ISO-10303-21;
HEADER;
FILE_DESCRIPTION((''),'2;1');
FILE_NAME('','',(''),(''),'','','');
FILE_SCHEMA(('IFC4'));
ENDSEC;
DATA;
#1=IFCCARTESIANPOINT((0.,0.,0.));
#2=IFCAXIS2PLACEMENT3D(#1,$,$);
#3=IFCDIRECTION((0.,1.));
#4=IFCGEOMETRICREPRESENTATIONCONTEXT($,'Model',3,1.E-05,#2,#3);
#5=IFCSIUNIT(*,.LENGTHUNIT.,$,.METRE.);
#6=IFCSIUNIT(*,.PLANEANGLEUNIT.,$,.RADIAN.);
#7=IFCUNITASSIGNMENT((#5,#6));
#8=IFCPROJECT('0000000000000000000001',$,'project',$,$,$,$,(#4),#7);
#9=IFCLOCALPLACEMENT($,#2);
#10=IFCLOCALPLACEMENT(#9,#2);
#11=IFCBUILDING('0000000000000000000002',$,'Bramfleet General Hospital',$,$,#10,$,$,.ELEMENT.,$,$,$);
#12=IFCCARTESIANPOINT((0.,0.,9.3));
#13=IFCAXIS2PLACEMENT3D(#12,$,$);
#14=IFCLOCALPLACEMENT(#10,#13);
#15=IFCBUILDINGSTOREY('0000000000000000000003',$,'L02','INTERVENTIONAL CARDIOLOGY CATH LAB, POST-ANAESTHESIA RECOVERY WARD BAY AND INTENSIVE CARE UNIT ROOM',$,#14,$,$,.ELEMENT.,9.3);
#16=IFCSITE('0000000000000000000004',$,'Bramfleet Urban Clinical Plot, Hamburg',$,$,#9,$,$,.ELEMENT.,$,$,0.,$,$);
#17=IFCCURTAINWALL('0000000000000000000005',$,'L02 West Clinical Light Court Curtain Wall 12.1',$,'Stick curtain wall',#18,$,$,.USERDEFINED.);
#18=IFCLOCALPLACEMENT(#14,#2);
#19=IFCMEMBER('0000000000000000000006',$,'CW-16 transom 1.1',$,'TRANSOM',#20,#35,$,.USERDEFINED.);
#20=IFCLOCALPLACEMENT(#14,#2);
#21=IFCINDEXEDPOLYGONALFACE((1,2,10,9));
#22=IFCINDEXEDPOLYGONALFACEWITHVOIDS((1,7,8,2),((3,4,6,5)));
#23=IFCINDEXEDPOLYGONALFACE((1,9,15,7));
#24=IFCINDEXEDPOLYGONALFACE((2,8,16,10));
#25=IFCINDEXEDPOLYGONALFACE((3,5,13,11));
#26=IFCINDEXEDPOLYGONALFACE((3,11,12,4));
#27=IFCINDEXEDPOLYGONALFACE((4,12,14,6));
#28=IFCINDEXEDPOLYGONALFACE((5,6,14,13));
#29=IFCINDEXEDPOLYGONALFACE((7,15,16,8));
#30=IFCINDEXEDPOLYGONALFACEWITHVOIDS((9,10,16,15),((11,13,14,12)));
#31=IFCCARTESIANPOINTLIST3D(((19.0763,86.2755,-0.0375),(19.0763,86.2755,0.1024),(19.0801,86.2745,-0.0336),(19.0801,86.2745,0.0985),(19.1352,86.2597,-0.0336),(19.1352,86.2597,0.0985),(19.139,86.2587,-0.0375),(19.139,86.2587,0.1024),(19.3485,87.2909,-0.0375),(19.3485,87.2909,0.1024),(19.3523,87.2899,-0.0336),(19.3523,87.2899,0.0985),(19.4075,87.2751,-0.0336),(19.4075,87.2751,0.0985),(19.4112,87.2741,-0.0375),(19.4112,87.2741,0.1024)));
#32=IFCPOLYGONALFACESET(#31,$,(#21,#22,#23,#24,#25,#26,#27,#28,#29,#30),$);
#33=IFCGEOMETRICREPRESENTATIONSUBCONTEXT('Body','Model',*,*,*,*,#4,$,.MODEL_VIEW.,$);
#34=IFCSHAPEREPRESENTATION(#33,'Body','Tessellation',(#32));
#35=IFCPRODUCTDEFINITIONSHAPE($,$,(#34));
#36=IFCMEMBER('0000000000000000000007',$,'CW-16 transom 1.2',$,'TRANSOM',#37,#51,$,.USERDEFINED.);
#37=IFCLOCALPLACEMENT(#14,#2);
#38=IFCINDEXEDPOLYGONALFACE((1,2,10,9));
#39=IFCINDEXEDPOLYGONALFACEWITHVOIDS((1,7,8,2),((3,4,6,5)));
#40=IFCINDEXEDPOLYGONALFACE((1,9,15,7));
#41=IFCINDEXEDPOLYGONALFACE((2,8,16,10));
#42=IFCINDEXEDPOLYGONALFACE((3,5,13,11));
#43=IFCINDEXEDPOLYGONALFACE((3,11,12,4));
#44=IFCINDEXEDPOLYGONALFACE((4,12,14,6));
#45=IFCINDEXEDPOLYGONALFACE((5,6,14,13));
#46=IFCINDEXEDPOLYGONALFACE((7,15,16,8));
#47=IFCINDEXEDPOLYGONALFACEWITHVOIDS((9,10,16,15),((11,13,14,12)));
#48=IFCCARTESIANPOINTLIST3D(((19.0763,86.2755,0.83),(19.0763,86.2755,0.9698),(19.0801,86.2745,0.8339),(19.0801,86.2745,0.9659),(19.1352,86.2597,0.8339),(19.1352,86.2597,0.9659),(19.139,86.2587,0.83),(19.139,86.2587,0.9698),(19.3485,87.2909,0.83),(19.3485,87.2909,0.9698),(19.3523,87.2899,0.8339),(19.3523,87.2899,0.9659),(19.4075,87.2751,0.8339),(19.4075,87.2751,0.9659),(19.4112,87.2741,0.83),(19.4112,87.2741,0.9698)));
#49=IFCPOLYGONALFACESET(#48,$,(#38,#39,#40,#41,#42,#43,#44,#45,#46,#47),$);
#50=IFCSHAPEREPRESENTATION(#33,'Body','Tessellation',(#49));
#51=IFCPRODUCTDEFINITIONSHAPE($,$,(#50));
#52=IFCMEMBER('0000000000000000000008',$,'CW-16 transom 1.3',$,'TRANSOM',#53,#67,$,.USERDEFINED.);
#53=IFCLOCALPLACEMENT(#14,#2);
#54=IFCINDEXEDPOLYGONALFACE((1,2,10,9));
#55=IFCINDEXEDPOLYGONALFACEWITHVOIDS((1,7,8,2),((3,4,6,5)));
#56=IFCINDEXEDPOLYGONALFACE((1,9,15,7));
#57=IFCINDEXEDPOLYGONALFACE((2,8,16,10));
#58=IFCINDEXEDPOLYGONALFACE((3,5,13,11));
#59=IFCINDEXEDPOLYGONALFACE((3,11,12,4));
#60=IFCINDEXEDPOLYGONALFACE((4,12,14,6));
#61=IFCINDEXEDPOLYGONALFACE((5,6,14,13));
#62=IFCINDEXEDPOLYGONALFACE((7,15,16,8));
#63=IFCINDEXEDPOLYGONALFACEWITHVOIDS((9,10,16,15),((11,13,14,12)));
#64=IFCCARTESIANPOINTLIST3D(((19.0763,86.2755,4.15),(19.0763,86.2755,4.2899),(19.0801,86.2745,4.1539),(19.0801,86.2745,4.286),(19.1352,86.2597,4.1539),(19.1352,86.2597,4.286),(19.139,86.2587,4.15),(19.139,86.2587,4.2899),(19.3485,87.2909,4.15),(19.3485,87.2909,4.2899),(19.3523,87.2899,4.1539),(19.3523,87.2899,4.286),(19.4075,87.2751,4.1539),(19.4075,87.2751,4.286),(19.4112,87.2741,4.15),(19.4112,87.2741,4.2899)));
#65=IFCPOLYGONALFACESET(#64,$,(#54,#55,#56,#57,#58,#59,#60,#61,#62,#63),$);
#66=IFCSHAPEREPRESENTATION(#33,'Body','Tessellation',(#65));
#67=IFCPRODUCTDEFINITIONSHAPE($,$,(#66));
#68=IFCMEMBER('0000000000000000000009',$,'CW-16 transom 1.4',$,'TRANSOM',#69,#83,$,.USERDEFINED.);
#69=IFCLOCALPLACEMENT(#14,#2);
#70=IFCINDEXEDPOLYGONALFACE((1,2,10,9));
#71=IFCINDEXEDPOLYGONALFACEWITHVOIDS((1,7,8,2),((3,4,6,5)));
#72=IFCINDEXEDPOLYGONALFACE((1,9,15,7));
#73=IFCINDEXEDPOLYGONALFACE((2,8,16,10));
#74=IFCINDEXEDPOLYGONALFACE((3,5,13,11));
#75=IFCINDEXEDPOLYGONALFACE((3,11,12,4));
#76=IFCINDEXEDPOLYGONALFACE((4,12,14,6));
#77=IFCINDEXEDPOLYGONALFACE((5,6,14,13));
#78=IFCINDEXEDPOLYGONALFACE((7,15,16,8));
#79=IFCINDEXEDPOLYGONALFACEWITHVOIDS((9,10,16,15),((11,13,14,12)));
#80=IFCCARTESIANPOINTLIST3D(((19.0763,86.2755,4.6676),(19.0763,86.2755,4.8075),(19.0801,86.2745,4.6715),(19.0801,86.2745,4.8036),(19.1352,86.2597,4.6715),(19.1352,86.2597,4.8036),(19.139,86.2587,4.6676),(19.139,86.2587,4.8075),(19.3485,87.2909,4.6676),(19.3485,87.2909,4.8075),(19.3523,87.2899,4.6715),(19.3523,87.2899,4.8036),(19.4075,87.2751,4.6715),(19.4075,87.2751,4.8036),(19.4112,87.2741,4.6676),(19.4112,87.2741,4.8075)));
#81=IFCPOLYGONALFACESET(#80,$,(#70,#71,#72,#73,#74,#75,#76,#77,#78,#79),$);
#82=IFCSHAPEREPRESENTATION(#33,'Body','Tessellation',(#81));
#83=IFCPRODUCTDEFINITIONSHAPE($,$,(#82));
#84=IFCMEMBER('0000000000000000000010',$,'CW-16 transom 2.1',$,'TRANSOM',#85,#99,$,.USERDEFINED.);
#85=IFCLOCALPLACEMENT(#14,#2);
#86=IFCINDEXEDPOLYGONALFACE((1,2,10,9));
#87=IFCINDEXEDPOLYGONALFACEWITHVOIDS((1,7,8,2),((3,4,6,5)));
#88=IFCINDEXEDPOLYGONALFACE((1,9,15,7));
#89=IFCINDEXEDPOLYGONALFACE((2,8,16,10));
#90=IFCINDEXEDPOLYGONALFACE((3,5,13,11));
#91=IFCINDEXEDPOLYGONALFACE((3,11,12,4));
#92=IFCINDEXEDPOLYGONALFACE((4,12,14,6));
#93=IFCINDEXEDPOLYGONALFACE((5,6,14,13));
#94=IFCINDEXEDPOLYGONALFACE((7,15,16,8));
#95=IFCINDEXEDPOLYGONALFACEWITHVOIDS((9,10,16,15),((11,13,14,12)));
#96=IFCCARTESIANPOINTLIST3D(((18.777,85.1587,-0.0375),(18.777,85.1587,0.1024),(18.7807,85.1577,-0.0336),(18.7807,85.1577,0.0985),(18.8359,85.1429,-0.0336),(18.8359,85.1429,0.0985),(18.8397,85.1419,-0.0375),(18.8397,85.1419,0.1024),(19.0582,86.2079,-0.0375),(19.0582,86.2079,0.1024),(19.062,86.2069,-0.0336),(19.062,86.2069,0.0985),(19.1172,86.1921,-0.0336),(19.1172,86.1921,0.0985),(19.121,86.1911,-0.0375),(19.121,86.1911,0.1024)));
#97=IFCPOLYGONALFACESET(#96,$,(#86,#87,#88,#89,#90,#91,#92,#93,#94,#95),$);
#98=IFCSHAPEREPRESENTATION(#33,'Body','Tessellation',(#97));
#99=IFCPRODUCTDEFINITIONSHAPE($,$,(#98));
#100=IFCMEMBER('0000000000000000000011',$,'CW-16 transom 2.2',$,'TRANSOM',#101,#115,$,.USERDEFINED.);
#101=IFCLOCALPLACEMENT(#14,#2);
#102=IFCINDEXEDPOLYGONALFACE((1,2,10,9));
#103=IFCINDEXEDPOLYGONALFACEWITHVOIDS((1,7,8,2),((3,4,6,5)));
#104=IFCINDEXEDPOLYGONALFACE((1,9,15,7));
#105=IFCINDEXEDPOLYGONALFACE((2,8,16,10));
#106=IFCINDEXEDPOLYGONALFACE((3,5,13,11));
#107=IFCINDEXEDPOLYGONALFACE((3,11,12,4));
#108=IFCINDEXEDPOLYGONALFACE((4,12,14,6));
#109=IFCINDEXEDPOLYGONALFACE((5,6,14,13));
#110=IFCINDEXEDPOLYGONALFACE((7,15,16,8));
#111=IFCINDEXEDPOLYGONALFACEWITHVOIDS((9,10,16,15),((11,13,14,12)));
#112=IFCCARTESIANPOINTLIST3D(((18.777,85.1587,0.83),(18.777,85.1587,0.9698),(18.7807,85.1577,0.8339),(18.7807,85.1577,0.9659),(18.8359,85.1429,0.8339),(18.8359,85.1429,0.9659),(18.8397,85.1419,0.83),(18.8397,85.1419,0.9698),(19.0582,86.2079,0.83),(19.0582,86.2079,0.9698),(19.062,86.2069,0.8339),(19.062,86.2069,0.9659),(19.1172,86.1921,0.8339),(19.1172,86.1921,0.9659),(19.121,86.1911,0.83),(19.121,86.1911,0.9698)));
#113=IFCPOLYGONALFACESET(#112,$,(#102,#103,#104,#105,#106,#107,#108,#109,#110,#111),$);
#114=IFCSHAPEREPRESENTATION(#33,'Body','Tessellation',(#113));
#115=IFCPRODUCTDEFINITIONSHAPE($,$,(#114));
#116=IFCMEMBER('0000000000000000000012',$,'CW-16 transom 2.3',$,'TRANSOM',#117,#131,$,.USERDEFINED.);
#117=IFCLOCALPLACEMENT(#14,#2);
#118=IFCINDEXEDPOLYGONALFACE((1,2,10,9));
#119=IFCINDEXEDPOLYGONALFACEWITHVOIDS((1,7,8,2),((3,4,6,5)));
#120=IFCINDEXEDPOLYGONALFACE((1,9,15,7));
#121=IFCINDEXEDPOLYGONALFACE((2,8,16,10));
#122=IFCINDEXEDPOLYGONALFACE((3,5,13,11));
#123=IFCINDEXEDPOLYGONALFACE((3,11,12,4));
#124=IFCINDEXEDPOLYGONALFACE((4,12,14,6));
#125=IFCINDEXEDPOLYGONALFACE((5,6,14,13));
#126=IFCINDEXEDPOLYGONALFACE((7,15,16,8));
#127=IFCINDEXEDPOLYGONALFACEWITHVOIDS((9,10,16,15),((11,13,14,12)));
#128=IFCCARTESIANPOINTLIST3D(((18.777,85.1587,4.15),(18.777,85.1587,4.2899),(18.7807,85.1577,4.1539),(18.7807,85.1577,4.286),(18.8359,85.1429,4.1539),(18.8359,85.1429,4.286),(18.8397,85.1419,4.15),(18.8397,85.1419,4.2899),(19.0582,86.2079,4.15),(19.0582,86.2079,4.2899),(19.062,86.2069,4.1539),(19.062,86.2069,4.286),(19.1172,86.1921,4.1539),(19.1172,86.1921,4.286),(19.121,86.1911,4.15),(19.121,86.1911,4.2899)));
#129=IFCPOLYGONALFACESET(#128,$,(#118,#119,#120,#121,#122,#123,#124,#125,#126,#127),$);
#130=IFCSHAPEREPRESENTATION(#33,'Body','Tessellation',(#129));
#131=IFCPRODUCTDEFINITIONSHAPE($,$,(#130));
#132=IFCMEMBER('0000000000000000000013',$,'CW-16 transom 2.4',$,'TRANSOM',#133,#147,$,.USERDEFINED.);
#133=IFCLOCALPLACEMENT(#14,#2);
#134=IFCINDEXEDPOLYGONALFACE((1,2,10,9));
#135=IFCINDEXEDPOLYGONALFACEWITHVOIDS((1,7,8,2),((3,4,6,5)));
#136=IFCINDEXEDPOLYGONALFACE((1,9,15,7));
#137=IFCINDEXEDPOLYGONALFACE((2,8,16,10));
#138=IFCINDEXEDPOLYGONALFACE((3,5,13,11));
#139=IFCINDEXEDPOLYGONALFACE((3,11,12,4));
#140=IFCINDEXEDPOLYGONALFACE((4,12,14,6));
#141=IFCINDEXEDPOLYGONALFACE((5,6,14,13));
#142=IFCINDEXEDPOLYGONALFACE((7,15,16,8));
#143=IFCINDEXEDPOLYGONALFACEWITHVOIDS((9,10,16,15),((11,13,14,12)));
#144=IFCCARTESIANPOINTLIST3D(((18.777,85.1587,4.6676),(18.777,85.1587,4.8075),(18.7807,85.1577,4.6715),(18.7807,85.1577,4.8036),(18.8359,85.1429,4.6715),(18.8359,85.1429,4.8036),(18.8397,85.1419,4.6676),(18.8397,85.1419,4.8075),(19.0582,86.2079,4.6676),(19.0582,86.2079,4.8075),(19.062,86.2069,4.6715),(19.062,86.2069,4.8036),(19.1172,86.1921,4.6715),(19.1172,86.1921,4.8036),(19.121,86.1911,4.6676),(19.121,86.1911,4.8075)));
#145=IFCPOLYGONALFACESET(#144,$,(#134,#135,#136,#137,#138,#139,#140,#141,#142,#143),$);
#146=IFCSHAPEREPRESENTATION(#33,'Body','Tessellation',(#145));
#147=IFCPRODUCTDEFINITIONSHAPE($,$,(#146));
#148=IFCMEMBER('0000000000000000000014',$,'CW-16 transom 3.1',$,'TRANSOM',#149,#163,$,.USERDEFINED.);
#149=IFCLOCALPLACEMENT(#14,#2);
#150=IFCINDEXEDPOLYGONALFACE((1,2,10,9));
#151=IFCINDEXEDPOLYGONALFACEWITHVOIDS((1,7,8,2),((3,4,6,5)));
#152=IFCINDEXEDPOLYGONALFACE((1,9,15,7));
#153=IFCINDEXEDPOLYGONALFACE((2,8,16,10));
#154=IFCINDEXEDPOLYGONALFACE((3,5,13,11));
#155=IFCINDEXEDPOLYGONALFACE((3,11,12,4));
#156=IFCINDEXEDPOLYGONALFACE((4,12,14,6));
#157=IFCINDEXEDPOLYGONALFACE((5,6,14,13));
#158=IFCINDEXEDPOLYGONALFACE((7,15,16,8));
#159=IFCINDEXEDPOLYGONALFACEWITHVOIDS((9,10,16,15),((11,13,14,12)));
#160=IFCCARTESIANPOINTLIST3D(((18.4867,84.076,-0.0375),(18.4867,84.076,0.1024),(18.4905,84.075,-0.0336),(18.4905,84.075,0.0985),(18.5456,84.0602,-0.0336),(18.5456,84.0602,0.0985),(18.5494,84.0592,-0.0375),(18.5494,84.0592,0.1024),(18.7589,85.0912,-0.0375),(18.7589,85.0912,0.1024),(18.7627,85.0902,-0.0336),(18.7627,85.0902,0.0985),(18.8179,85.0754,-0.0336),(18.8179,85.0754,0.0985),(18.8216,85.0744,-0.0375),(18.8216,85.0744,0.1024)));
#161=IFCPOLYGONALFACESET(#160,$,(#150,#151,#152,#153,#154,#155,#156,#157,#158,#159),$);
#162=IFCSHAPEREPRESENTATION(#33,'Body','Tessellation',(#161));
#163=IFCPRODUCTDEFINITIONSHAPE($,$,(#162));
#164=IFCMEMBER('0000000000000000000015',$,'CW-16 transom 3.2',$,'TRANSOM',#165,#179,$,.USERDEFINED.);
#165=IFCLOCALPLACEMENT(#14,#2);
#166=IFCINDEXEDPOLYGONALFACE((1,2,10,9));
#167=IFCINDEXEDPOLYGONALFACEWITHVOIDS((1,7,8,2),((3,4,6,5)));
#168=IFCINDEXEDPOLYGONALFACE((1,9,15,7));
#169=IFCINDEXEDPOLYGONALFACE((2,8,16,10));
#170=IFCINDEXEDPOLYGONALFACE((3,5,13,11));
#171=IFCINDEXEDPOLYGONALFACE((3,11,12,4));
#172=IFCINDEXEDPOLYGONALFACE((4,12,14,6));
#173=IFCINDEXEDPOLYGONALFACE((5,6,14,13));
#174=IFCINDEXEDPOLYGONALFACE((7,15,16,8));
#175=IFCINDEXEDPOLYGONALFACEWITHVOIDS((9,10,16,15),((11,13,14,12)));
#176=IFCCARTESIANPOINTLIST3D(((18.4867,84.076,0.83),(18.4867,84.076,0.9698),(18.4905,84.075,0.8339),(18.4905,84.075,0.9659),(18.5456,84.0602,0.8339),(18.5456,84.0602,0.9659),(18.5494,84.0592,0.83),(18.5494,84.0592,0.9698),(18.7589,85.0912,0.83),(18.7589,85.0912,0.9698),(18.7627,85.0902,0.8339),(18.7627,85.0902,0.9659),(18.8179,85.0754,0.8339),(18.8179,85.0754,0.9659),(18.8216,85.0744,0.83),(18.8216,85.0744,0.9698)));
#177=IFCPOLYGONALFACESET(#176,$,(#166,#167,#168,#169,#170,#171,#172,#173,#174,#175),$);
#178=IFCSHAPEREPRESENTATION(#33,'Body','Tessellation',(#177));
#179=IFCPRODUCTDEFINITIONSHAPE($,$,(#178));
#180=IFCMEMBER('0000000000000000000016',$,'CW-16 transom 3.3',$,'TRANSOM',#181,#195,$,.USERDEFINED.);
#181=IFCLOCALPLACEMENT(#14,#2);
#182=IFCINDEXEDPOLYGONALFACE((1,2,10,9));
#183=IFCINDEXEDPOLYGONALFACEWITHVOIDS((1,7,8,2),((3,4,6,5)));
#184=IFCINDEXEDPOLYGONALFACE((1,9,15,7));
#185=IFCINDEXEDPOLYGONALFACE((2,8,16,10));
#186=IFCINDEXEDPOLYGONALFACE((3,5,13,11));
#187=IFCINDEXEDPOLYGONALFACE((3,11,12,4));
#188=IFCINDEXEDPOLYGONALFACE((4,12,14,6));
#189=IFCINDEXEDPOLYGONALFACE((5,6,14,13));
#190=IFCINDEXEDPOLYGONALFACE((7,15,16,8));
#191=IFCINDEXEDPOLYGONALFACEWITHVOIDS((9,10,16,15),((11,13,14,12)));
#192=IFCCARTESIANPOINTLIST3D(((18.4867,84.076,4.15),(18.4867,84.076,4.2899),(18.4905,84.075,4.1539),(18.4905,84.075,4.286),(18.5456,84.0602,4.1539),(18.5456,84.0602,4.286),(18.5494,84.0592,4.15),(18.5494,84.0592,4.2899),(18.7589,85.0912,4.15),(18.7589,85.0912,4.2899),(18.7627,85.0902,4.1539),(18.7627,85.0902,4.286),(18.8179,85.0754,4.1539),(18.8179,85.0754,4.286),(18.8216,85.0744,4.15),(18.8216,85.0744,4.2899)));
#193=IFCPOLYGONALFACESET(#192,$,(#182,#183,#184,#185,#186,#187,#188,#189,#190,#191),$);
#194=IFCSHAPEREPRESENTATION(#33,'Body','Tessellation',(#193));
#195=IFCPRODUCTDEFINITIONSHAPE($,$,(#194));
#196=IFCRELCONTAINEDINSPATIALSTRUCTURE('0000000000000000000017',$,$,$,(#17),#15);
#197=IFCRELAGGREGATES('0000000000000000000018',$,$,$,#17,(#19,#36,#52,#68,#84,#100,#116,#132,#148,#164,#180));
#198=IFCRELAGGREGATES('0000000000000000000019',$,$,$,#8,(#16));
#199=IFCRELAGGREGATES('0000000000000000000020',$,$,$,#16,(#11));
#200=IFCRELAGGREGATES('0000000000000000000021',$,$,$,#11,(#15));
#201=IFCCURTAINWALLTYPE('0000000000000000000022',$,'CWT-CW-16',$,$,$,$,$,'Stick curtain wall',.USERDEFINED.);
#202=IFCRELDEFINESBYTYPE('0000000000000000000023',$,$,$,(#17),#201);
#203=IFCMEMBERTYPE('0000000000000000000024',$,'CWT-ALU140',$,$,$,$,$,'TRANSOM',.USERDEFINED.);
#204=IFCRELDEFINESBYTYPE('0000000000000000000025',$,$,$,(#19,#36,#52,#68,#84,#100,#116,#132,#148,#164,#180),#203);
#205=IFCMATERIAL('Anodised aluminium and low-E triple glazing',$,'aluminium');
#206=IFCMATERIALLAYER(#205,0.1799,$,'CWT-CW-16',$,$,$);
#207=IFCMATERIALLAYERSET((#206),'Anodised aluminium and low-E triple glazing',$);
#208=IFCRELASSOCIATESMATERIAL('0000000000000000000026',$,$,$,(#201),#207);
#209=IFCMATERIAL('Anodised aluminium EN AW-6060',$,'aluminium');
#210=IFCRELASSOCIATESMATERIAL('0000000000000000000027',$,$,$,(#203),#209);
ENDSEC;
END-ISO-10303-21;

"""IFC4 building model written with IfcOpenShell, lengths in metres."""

from ifc_helpers import new_model, si_unit, direction, frame, origin, origin_2d, place, context, subcontext, project, spatial, hollow_rectangle, extrude, material, layer, layer_set, material_profile, profile_set, type_object, element, aggregate, save


model = new_model("IFC4")

# Units and contexts
model_context = context("Model", 3, precision=1e-05, world=origin(), true_north=direction((0.0, 1.0)))
body_context = subcontext(model_context, "Body", "Model", "MODEL_VIEW")
ifc_project = project(units=[si_unit("LENGTHUNIT", "METRE"), si_unit("PLANEANGLEUNIT", "RADIAN")], contexts=[model_context])

# Site, building, storey
site_placement = place(None, origin())
site = spatial("IfcSite", under=ifc_project, at=site_placement, Name="Bramfleet Urban Clinical Plot, Hamburg", CompositionType="ELEMENT", RefElevation=0.0)
building_placement = place(site_placement, origin())
building = spatial("IfcBuilding", under=site, at=building_placement, Name="Bramfleet General Hospital", CompositionType="ELEMENT")
storey_placement = place(building_placement, frame((0.0, 0.0, 9.3)))
storey = spatial("IfcBuildingStorey", under=building, at=storey_placement, Name="L02", Description="INTERVENTIONAL CARDIOLOGY CATH LAB, POST-ANAESTHESIA RECOVERY WARD BAY AND INTENSIVE CARE UNIT ROOM", CompositionType="ELEMENT", Elevation=9.3)

# Shared definitions
ifc_material_1 = material(Name="Anodised aluminium and low-E triple glazing", Category="aluminium")
ifc_material_2 = material(Name="Anodised aluminium EN AW-6060", Category="aluminium")

# Curtain wall
ifc_layer_1 = layer(ifc_material_1, 0.1799, Name="CWT-CW-16")
ifc_layer_set_1 = layer_set([ifc_layer_1], Name="Anodised aluminium and low-E triple glazing")
curtain_wall_type_1 = type_object("IfcCurtainWallType", Name="CWT-CW-16", ElementType="Stick curtain wall", PredefinedType="USERDEFINED", material=ifc_layer_set_1)
curtain_wall_1_placement = place(storey_placement, origin())
curtain_wall_1 = element("IfcCurtainWall", 1, at=curtain_wall_1_placement, inside=storey, type_object=curtain_wall_type_1, Name="L02 West Clinical Light Court Curtain Wall 12.1", ObjectType="Stick curtain wall", PredefinedType="USERDEFINED")

# Members
ifc_material_profile_1 = material_profile(ifc_material_2, hollow_rectangle(XDim=0.0649, YDim=0.1399, WallThickness=0.0039, at=origin_2d()), Name="ALU 140x65x4.0")
ifc_profile_set_1 = profile_set([ifc_material_profile_1], Name="Anodised aluminium EN AW-6060")
member_type_1 = type_object("IfcMemberType", Name="CWT-ALU140", ElementType="TRANSOM", PredefinedType="USERDEFINED", material=ifc_profile_set_1)
member_1_placement = place(storey_placement, frame((19.3799, 87.2825, 0.0325), z_axis=(-0.258949, -0.965891, 0.0), x_axis=(0.965891, -0.258949, 0.0)))
member_1 = element("IfcMember", 2, at=member_1_placement, type_object=member_type_1, Name="CW-16 transom 1.1", ObjectType="TRANSOM", PredefinedType="USERDEFINED", context=body_context, shape_type="SweptSolid", body=[
    extrude(hollow_rectangle(XDim=0.0649, YDim=0.1399, WallThickness=0.0039, at=origin_2d()), origin(), (0.0, 0.0, 1.0), 1.0513),
])
member_2_placement = place(storey_placement, frame((19.3799, 87.2825, 0.8999), z_axis=(-0.258949, -0.965891, 0.0), x_axis=(0.965891, -0.258949, 0.0)))
member_2 = element("IfcMember", 3, at=member_2_placement, type_object=member_type_1, Name="CW-16 transom 1.2", ObjectType="TRANSOM", PredefinedType="USERDEFINED", context=body_context, shape_type="SweptSolid", body=[
    extrude(hollow_rectangle(XDim=0.0649, YDim=0.1399, WallThickness=0.0039, at=origin_2d()), origin(), (0.0, 0.0, 1.0), 1.0513),
])
member_3_placement = place(storey_placement, frame((19.3799, 87.2825, 4.22), z_axis=(-0.258949, -0.965891, 0.0), x_axis=(0.965891, -0.258949, 0.0)))
member_3 = element("IfcMember", 4, at=member_3_placement, type_object=member_type_1, Name="CW-16 transom 1.3", ObjectType="TRANSOM", PredefinedType="USERDEFINED", context=body_context, shape_type="SweptSolid", body=[
    extrude(hollow_rectangle(XDim=0.0649, YDim=0.1399, WallThickness=0.0039, at=origin_2d()), origin(), (0.0, 0.0, 1.0), 1.0513),
])
member_4_placement = place(storey_placement, frame((19.3799, 87.2825, 4.7375), z_axis=(-0.258949, -0.965891, 0.0), x_axis=(0.965891, -0.258949, 0.0)))
member_4 = element("IfcMember", 5, at=member_4_placement, type_object=member_type_1, Name="CW-16 transom 1.4", ObjectType="TRANSOM", PredefinedType="USERDEFINED", context=body_context, shape_type="SweptSolid", body=[
    extrude(hollow_rectangle(XDim=0.0649, YDim=0.1399, WallThickness=0.0039, at=origin_2d()), origin(), (0.0, 0.0, 1.0), 1.0513),
])
member_5_placement = place(storey_placement, frame((19.0896, 86.1995, 0.0325), z_axis=(-0.25895, -0.965891, 0.0), x_axis=(0.965891, -0.25895, 0.0)))
member_5 = element("IfcMember", 6, at=member_5_placement, type_object=member_type_1, Name="CW-16 transom 2.1", ObjectType="TRANSOM", PredefinedType="USERDEFINED", context=body_context, shape_type="SweptSolid", body=[
    extrude(hollow_rectangle(XDim=0.0649, YDim=0.1399, WallThickness=0.0039, at=origin_2d()), origin(), (0.0, 0.0, 1.0), 1.0862),
])
member_6_placement = place(storey_placement, frame((19.0896, 86.1995, 0.8999), z_axis=(-0.25895, -0.965891, 0.0), x_axis=(0.965891, -0.25895, 0.0)))
member_6 = element("IfcMember", 7, at=member_6_placement, type_object=member_type_1, Name="CW-16 transom 2.2", ObjectType="TRANSOM", PredefinedType="USERDEFINED", context=body_context, shape_type="SweptSolid", body=[
    extrude(hollow_rectangle(XDim=0.0649, YDim=0.1399, WallThickness=0.0039, at=origin_2d()), origin(), (0.0, 0.0, 1.0), 1.0862),
])
member_7_placement = place(storey_placement, frame((19.0896, 86.1995, 4.22), z_axis=(-0.25895, -0.965891, 0.0), x_axis=(0.965891, -0.25895, 0.0)))
member_7 = element("IfcMember", 8, at=member_7_placement, type_object=member_type_1, Name="CW-16 transom 2.3", ObjectType="TRANSOM", PredefinedType="USERDEFINED", context=body_context, shape_type="SweptSolid", body=[
    extrude(hollow_rectangle(XDim=0.0649, YDim=0.1399, WallThickness=0.0039, at=origin_2d()), origin(), (0.0, 0.0, 1.0), 1.0862),
])
member_8_placement = place(storey_placement, frame((19.0896, 86.1995, 4.7375), z_axis=(-0.25895, -0.965891, 0.0), x_axis=(0.965891, -0.25895, 0.0)))
member_8 = element("IfcMember", 9, at=member_8_placement, type_object=member_type_1, Name="CW-16 transom 2.4", ObjectType="TRANSOM", PredefinedType="USERDEFINED", context=body_context, shape_type="SweptSolid", body=[
    extrude(hollow_rectangle(XDim=0.0649, YDim=0.1399, WallThickness=0.0039, at=origin_2d()), origin(), (0.0, 0.0, 1.0), 1.0862),
])
member_9_placement = place(storey_placement, frame((18.7903, 85.0828, 0.0325), z_axis=(-0.259007, -0.965875, 0.0), x_axis=(0.965875, -0.259007, 0.0)))
member_9 = element("IfcMember", 10, at=member_9_placement, type_object=member_type_1, Name="CW-16 transom 3.1", ObjectType="TRANSOM", PredefinedType="USERDEFINED", context=body_context, shape_type="SweptSolid", body=[
    extrude(hollow_rectangle(XDim=0.0649, YDim=0.1399, WallThickness=0.0039, at=origin_2d()), origin(), (0.0, 0.0, 1.0), 1.051),
])
member_10_placement = place(storey_placement, frame((18.7903, 85.0828, 0.8999), z_axis=(-0.259007, -0.965875, 0.0), x_axis=(0.965875, -0.259007, 0.0)))
member_10 = element("IfcMember", 11, at=member_10_placement, type_object=member_type_1, Name="CW-16 transom 3.2", ObjectType="TRANSOM", PredefinedType="USERDEFINED", context=body_context, shape_type="SweptSolid", body=[
    extrude(hollow_rectangle(XDim=0.0649, YDim=0.1399, WallThickness=0.0039, at=origin_2d()), origin(), (0.0, 0.0, 1.0), 1.051),
])
member_11_placement = place(storey_placement, frame((18.7903, 85.0828, 4.22), z_axis=(-0.259007, -0.965875, 0.0), x_axis=(0.965875, -0.259007, 0.0)))
member_11 = element("IfcMember", 12, at=member_11_placement, type_object=member_type_1, Name="CW-16 transom 3.3", ObjectType="TRANSOM", PredefinedType="USERDEFINED", context=body_context, shape_type="SweptSolid", body=[
    extrude(hollow_rectangle(XDim=0.0649, YDim=0.1399, WallThickness=0.0039, at=origin_2d()), origin(), (0.0, 0.0, 1.0), 1.051),
])

aggregate(curtain_wall_1, [member_1, member_2, member_3, member_4, member_5, member_6, member_7, member_8, member_9, member_10, member_11])

save(model, "model.ifc")
